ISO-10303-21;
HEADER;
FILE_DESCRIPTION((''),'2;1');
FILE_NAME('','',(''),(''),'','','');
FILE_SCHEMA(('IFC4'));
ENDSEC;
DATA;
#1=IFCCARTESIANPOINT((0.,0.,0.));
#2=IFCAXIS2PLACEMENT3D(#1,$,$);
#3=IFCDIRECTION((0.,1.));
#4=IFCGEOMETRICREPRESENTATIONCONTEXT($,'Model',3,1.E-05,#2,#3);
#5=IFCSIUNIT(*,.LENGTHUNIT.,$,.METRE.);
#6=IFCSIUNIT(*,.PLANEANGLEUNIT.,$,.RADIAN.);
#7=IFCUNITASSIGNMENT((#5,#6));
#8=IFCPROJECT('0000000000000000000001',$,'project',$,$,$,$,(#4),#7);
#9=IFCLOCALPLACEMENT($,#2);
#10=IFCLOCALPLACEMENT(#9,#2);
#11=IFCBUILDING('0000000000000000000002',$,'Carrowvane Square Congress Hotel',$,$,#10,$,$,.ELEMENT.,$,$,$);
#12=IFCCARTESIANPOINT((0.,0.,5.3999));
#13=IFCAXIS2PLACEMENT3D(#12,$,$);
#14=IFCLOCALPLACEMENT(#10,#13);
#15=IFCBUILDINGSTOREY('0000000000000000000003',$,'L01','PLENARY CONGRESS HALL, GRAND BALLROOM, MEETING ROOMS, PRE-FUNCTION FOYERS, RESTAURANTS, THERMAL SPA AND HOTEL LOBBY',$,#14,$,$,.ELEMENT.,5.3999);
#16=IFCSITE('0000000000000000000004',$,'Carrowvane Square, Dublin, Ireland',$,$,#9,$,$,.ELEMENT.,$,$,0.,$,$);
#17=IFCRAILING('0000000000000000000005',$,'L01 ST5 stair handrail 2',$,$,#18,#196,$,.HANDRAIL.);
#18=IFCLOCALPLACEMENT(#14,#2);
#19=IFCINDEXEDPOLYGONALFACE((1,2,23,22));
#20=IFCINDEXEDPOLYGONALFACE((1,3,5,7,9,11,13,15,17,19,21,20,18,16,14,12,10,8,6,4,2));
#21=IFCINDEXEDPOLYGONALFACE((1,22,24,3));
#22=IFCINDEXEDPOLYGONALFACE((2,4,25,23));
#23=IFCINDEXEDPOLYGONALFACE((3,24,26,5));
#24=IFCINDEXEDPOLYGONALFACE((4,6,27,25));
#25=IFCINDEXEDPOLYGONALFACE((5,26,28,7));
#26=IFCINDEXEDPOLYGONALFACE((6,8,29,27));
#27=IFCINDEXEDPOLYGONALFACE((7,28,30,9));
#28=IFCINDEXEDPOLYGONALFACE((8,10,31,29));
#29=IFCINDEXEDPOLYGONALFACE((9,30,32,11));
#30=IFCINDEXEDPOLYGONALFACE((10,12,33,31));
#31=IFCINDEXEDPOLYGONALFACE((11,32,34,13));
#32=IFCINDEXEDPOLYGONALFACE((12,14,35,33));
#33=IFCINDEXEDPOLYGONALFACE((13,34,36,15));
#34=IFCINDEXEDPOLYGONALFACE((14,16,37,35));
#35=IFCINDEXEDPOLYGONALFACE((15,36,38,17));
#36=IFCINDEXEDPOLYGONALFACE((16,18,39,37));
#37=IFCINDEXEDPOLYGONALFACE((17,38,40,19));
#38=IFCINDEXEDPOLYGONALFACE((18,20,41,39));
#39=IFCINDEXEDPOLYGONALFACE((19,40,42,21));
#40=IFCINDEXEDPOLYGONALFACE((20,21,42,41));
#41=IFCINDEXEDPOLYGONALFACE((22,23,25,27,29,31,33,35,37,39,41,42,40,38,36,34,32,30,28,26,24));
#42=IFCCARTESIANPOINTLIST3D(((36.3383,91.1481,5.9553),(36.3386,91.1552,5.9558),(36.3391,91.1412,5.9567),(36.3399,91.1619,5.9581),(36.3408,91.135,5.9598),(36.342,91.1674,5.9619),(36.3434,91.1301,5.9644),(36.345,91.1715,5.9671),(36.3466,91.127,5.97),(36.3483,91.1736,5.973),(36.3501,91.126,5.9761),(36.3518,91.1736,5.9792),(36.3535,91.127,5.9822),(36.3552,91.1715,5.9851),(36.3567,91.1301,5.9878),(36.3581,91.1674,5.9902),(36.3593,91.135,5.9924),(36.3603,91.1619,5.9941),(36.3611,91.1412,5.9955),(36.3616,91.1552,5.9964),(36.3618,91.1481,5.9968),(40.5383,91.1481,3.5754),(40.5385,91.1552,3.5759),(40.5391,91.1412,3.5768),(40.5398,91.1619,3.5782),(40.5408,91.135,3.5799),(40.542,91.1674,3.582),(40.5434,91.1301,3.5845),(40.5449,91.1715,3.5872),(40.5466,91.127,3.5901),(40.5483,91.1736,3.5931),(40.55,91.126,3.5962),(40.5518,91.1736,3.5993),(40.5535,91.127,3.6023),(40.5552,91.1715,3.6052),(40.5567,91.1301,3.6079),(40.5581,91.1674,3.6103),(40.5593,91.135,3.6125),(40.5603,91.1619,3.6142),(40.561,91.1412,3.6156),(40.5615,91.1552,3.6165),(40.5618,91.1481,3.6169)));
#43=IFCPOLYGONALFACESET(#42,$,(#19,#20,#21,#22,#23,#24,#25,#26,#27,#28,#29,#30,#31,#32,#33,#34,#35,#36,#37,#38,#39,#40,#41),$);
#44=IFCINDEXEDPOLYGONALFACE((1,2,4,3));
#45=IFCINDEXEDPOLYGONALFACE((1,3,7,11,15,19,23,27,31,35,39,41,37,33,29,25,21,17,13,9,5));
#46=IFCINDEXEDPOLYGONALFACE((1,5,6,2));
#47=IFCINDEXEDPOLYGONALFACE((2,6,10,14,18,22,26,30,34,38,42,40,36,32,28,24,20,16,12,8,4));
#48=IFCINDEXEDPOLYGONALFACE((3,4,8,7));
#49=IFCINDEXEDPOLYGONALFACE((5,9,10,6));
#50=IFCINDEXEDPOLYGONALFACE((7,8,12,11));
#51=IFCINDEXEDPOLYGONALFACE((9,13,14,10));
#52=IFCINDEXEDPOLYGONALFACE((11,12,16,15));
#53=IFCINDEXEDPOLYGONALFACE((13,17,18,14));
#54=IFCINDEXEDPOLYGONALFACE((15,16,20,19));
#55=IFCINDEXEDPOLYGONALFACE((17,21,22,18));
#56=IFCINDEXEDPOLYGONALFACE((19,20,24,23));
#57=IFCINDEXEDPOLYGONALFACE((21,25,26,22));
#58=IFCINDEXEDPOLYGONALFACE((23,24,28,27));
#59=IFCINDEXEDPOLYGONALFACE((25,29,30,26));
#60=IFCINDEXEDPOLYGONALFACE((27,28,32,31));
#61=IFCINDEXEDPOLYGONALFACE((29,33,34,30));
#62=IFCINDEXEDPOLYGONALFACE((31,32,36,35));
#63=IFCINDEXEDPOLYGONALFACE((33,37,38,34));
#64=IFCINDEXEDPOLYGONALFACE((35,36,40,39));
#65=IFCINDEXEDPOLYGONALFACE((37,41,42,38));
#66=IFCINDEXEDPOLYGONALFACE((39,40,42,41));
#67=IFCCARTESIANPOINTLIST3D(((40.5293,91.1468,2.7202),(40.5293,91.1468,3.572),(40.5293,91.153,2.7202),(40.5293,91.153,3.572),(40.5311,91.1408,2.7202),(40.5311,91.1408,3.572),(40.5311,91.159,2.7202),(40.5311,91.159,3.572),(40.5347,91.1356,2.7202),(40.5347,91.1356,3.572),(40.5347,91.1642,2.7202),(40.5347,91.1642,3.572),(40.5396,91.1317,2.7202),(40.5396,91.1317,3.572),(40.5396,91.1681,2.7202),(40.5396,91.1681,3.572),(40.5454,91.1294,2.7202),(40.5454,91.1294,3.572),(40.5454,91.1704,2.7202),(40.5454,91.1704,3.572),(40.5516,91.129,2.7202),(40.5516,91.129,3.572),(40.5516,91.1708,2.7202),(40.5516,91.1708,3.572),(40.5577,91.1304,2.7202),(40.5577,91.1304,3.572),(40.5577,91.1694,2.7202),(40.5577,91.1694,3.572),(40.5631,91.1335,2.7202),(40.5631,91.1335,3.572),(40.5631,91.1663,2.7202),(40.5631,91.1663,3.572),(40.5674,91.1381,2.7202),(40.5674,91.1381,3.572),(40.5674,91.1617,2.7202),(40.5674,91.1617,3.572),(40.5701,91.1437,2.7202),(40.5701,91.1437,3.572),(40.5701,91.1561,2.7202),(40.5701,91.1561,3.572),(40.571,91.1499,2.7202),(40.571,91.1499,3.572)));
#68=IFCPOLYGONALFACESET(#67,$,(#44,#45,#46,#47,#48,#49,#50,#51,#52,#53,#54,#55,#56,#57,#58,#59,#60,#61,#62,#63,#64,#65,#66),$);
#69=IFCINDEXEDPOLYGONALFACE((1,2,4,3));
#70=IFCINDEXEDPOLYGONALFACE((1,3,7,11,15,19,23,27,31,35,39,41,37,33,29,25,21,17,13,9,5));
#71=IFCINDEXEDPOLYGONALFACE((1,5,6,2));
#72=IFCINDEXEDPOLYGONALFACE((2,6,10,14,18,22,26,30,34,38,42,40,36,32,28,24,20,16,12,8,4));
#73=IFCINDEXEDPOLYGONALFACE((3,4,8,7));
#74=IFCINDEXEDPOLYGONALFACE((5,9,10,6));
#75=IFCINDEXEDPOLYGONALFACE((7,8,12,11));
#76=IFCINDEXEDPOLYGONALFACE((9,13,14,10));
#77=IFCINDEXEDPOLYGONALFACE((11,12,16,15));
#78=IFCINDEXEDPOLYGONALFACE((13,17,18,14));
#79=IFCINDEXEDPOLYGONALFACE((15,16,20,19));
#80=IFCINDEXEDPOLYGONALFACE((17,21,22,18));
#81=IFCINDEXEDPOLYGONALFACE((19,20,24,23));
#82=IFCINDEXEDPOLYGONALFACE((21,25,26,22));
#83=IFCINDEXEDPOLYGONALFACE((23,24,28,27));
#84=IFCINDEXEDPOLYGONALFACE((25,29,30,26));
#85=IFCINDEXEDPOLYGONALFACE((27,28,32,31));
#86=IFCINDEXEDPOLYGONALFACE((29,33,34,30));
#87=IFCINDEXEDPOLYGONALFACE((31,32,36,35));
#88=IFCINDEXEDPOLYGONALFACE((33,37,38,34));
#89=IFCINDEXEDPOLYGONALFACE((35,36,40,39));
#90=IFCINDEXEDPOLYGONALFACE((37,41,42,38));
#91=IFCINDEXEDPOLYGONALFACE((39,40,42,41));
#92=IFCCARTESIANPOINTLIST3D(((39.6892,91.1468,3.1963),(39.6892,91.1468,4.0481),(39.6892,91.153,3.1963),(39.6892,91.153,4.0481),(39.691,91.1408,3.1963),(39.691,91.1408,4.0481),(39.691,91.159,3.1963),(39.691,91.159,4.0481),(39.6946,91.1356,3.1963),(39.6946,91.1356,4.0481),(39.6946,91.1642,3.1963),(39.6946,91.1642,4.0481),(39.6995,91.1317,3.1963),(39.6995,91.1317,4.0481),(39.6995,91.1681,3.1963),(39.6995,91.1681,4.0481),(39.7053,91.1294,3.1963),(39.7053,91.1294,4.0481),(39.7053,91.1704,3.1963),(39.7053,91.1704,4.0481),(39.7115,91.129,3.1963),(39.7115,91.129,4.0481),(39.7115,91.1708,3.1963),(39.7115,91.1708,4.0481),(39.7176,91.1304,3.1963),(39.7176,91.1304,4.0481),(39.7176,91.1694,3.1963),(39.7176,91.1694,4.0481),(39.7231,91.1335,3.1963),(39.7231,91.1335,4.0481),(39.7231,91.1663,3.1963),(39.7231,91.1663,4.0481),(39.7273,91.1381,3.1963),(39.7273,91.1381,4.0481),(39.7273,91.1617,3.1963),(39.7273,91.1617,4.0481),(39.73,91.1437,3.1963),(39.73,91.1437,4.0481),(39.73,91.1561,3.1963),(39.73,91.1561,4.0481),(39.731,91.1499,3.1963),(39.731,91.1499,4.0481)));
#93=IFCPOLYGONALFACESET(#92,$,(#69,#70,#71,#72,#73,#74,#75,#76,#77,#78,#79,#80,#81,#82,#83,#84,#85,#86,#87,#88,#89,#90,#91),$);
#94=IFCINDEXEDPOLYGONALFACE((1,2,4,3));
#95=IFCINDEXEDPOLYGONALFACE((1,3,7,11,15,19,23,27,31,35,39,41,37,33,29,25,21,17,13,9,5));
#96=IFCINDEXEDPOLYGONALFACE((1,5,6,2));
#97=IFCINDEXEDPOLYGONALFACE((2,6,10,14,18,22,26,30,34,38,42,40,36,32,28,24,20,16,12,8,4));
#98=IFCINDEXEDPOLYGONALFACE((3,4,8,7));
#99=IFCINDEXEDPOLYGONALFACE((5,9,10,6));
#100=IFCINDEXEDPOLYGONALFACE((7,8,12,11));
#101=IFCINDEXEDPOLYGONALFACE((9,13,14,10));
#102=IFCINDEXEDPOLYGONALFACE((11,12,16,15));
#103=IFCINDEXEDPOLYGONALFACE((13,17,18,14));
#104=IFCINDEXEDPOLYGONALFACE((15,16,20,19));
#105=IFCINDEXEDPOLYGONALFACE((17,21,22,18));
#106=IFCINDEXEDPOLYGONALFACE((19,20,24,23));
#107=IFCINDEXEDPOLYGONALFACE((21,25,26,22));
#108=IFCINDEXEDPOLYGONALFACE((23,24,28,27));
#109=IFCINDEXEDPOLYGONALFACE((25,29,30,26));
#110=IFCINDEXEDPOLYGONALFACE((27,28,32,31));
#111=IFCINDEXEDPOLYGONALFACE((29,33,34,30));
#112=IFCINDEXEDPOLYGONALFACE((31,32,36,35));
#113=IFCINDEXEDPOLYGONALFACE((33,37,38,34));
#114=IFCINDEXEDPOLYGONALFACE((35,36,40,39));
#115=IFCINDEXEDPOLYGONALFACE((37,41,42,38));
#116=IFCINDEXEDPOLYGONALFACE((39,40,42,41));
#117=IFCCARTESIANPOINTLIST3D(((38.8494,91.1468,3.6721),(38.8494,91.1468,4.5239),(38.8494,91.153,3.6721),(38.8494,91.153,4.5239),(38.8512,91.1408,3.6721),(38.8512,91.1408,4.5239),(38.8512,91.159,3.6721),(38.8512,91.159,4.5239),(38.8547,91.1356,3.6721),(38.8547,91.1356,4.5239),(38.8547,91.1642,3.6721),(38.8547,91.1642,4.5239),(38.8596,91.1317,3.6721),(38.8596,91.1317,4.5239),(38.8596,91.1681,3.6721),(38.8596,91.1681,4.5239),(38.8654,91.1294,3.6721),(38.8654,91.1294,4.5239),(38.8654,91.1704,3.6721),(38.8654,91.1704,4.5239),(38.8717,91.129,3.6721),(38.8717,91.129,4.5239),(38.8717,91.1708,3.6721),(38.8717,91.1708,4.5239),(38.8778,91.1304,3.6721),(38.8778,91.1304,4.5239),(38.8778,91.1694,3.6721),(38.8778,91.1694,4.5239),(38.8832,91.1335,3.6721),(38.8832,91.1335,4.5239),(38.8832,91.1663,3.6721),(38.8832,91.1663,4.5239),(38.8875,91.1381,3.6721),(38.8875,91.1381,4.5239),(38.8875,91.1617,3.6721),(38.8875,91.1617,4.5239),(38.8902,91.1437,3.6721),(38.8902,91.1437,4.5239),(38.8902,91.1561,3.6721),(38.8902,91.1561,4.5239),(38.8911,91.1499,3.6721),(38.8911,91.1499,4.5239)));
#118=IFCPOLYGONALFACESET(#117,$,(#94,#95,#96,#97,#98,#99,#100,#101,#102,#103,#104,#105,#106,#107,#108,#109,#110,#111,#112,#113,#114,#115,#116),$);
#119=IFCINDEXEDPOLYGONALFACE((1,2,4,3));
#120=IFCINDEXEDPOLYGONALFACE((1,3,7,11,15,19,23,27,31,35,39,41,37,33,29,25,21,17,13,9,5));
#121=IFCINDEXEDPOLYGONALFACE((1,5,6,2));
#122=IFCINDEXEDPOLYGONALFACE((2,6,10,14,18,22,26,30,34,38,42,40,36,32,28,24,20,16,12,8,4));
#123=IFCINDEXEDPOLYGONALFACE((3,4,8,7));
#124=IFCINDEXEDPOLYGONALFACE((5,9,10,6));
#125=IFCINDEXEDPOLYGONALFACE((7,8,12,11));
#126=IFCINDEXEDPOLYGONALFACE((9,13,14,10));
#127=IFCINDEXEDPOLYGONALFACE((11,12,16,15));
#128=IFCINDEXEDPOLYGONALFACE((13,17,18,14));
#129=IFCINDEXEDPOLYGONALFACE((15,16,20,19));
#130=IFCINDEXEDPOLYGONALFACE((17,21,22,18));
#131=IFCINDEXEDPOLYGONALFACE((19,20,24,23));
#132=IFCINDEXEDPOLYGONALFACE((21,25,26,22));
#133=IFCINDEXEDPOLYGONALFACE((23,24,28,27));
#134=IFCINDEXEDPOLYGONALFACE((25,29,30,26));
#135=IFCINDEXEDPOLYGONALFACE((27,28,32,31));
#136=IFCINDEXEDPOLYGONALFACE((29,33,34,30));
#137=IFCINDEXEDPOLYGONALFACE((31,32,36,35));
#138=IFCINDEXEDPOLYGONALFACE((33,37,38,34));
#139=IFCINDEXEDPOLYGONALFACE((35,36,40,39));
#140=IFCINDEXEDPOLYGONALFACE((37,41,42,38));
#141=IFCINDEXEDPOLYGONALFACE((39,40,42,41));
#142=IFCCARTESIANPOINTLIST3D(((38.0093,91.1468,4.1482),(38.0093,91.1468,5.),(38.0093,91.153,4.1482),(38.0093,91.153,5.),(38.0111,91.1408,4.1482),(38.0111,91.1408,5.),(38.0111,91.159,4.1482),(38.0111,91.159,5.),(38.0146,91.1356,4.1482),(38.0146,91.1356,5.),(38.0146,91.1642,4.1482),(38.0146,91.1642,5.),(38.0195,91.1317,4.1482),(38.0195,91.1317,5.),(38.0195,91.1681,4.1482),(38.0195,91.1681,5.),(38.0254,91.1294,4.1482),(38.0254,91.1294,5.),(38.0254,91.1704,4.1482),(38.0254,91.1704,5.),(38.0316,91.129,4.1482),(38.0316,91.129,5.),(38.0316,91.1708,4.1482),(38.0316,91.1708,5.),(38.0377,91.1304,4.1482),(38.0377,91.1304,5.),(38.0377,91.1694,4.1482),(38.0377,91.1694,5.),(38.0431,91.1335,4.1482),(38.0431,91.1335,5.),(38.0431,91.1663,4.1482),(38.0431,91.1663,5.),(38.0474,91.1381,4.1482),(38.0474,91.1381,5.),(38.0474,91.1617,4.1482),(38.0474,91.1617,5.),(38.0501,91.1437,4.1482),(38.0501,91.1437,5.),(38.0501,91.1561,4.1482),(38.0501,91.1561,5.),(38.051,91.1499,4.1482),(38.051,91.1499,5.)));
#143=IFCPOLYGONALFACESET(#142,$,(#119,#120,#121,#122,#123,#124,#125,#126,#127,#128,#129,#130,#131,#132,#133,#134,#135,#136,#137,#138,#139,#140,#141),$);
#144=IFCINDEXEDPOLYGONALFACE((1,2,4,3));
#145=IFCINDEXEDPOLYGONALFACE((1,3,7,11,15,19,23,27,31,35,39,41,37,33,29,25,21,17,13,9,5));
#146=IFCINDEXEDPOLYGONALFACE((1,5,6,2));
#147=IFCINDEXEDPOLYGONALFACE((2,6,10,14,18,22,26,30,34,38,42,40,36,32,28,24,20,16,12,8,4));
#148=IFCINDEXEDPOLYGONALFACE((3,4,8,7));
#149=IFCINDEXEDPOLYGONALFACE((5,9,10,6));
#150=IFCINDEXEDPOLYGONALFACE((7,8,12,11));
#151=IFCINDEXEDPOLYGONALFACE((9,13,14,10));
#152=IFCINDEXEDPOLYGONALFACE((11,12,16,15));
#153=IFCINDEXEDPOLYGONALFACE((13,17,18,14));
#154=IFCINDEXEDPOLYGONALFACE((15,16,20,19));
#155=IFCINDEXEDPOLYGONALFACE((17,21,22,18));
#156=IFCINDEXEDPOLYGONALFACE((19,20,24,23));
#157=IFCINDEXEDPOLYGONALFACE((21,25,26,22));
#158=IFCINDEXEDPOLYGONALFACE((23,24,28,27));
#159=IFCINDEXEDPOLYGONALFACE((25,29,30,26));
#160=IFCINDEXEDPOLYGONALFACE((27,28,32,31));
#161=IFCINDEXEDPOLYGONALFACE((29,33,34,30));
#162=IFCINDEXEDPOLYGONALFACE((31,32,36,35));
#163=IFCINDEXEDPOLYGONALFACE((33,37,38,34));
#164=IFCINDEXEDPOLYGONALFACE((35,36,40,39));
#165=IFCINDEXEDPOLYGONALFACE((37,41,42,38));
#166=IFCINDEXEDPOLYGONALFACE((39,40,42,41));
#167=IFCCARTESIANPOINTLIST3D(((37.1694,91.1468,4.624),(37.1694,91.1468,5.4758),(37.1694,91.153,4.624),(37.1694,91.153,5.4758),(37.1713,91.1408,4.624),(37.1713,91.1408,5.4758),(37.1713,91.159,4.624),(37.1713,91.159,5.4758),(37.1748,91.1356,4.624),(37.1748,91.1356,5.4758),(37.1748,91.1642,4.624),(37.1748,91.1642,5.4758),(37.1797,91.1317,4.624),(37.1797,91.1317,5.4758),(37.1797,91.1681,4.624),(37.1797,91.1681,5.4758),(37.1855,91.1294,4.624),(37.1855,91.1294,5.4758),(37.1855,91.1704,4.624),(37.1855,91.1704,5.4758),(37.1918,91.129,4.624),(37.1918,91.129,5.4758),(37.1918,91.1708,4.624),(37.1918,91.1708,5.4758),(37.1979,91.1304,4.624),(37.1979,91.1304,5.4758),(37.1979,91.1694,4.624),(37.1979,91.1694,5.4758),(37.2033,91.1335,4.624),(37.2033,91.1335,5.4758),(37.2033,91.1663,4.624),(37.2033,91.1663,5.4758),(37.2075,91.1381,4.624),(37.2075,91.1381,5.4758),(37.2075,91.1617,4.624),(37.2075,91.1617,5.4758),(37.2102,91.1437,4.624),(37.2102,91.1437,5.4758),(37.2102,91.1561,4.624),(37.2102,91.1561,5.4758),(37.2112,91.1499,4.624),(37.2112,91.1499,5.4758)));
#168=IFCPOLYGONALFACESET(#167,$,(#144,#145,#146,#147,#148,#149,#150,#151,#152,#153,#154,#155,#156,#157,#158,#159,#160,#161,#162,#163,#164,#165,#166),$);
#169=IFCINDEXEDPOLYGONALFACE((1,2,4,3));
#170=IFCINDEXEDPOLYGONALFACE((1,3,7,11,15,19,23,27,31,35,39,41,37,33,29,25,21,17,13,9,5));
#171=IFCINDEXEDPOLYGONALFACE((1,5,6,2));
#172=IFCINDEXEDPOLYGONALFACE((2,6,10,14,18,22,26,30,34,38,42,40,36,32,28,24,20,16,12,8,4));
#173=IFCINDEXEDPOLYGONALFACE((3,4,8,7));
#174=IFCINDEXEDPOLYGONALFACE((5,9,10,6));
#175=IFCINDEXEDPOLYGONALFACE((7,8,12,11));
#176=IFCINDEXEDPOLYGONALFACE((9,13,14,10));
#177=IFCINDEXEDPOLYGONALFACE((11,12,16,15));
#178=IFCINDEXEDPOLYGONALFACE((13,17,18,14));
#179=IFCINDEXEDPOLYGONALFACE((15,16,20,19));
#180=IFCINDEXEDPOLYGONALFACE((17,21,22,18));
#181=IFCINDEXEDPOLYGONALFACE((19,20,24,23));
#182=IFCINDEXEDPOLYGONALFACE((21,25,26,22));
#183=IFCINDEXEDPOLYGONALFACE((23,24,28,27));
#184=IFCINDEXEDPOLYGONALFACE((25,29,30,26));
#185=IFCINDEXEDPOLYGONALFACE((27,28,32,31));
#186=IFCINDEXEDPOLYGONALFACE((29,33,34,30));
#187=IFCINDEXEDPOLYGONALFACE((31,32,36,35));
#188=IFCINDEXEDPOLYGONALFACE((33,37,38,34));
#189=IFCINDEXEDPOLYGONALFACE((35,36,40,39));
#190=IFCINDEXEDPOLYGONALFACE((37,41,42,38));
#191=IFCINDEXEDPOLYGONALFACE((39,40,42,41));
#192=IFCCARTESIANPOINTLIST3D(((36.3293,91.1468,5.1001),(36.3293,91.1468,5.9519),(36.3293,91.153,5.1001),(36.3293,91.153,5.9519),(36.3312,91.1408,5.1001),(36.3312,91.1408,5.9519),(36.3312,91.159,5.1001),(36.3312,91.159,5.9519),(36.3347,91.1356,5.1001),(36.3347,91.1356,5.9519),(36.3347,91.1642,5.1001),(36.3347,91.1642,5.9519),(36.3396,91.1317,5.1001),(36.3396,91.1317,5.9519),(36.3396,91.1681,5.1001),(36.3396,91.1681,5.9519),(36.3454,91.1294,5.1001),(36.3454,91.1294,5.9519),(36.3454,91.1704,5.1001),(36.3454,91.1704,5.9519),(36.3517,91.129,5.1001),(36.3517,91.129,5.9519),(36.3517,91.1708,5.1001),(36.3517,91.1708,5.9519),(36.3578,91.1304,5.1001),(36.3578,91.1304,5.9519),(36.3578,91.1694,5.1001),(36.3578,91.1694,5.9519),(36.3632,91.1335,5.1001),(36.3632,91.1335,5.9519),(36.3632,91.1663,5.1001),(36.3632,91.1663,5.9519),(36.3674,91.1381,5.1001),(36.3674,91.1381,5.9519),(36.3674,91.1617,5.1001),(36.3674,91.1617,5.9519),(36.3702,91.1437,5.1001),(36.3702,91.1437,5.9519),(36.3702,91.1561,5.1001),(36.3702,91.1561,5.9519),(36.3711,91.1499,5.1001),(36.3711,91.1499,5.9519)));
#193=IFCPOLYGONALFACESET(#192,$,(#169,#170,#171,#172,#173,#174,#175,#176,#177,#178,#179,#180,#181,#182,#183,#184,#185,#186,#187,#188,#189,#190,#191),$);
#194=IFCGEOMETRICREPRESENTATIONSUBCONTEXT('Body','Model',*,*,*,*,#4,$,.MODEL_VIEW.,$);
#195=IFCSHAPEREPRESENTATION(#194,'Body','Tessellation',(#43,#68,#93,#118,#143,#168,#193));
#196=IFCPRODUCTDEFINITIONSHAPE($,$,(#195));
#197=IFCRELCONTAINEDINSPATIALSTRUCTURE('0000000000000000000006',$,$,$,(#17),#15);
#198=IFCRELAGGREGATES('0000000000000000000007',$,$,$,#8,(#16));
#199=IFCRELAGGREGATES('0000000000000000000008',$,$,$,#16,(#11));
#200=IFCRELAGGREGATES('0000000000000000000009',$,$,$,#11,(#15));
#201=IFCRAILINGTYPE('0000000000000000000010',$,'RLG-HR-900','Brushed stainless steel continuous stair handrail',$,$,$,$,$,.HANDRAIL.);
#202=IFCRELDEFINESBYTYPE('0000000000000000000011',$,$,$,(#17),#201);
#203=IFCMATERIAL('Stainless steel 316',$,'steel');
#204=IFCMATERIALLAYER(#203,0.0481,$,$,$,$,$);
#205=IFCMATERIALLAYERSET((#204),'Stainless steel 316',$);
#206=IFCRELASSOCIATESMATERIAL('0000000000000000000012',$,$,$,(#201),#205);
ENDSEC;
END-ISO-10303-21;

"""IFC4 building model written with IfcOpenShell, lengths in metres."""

from ifc_helpers import new_model, si_unit, direction, frame, origin, origin_2d, place, context, subcontext, project, spatial, circle, extrude, material, layer, layer_set, type_object, element, save


model = new_model("IFC4")

# Units and contexts
model_context = context("Model", 3, precision=1e-05, world=origin(), true_north=direction((0.0, 1.0)))
body_context = subcontext(model_context, "Body", "Model", "MODEL_VIEW")
ifc_project = project(units=[si_unit("LENGTHUNIT", "METRE"), si_unit("PLANEANGLEUNIT", "RADIAN")], contexts=[model_context])

# Site, building, storey
site_placement = place(None, origin())
site = spatial("IfcSite", under=ifc_project, at=site_placement, Name="Carrowvane Square, Dublin, Ireland", CompositionType="ELEMENT", RefElevation=0.0)
building_placement = place(site_placement, origin())
building = spatial("IfcBuilding", under=site, at=building_placement, Name="Carrowvane Square Congress Hotel", CompositionType="ELEMENT")
storey_placement = place(building_placement, frame((0.0, 0.0, 5.3999)))
storey = spatial("IfcBuildingStorey", under=building, at=storey_placement, Name="L01", Description="PLENARY CONGRESS HALL, GRAND BALLROOM, MEETING ROOMS, PRE-FUNCTION FOYERS, RESTAURANTS, THERMAL SPA AND HOTEL LOBBY", CompositionType="ELEMENT", Elevation=5.3999)

# Railing
ifc_material_1 = material(Name="Stainless steel 316", Category="steel")
ifc_layer_1 = layer(ifc_material_1, 0.0481)
ifc_layer_set_1 = layer_set([ifc_layer_1], Name="Stainless steel 316")
railing_type_1 = type_object("IfcRailingType", Name="RLG-HR-900", Description="Brushed stainless steel continuous stair handrail", PredefinedType="HANDRAIL", material=ifc_layer_set_1)
railing_1_placement = place(storey_placement, frame((40.55, 91.1499, 2.7202)))
element("IfcRailing", 1, at=railing_1_placement, inside=storey, type_object=railing_type_1, Name="L01 ST5 stair handrail 2", PredefinedType="HANDRAIL", context=body_context, shape_type="SweptSolid", body=[
    extrude(circle(Radius=0.0239, at=origin_2d()), frame((0.0, 0.0, 0.876), z_axis=(-0.87003, 0.0, 0.492999), x_axis=(0.0, -1.0, 0.0)), (0.0, 0.0, 1.0), 4.8274),
    extrude(circle(Radius=0.021, at=origin_2d()), origin(), (0.0, 0.0, 1.0), 0.8518),
    extrude(circle(Radius=0.021, at=origin_2d()), frame((-0.8401, 0.0, 0.4761)), (0.0, 0.0, 1.0), 0.8518),
    extrude(circle(Radius=0.021, at=origin_2d()), frame((-1.6799, 0.0, 0.9519)), (0.0, 0.0, 1.0), 0.8518),
    extrude(circle(Radius=0.021, at=origin_2d()), frame((-2.52, 0.0, 1.428)), (0.0, 0.0, 1.0), 0.8518),
    extrude(circle(Radius=0.021, at=origin_2d()), frame((-3.3599, 0.0, 1.9038)), (0.0, 0.0, 1.0), 0.8518),
    extrude(circle(Radius=0.021, at=origin_2d()), frame((-4.2, 0.0, 2.3799)), (0.0, 0.0, 1.0), 0.8518),
])

save(model, "model.ifc")
